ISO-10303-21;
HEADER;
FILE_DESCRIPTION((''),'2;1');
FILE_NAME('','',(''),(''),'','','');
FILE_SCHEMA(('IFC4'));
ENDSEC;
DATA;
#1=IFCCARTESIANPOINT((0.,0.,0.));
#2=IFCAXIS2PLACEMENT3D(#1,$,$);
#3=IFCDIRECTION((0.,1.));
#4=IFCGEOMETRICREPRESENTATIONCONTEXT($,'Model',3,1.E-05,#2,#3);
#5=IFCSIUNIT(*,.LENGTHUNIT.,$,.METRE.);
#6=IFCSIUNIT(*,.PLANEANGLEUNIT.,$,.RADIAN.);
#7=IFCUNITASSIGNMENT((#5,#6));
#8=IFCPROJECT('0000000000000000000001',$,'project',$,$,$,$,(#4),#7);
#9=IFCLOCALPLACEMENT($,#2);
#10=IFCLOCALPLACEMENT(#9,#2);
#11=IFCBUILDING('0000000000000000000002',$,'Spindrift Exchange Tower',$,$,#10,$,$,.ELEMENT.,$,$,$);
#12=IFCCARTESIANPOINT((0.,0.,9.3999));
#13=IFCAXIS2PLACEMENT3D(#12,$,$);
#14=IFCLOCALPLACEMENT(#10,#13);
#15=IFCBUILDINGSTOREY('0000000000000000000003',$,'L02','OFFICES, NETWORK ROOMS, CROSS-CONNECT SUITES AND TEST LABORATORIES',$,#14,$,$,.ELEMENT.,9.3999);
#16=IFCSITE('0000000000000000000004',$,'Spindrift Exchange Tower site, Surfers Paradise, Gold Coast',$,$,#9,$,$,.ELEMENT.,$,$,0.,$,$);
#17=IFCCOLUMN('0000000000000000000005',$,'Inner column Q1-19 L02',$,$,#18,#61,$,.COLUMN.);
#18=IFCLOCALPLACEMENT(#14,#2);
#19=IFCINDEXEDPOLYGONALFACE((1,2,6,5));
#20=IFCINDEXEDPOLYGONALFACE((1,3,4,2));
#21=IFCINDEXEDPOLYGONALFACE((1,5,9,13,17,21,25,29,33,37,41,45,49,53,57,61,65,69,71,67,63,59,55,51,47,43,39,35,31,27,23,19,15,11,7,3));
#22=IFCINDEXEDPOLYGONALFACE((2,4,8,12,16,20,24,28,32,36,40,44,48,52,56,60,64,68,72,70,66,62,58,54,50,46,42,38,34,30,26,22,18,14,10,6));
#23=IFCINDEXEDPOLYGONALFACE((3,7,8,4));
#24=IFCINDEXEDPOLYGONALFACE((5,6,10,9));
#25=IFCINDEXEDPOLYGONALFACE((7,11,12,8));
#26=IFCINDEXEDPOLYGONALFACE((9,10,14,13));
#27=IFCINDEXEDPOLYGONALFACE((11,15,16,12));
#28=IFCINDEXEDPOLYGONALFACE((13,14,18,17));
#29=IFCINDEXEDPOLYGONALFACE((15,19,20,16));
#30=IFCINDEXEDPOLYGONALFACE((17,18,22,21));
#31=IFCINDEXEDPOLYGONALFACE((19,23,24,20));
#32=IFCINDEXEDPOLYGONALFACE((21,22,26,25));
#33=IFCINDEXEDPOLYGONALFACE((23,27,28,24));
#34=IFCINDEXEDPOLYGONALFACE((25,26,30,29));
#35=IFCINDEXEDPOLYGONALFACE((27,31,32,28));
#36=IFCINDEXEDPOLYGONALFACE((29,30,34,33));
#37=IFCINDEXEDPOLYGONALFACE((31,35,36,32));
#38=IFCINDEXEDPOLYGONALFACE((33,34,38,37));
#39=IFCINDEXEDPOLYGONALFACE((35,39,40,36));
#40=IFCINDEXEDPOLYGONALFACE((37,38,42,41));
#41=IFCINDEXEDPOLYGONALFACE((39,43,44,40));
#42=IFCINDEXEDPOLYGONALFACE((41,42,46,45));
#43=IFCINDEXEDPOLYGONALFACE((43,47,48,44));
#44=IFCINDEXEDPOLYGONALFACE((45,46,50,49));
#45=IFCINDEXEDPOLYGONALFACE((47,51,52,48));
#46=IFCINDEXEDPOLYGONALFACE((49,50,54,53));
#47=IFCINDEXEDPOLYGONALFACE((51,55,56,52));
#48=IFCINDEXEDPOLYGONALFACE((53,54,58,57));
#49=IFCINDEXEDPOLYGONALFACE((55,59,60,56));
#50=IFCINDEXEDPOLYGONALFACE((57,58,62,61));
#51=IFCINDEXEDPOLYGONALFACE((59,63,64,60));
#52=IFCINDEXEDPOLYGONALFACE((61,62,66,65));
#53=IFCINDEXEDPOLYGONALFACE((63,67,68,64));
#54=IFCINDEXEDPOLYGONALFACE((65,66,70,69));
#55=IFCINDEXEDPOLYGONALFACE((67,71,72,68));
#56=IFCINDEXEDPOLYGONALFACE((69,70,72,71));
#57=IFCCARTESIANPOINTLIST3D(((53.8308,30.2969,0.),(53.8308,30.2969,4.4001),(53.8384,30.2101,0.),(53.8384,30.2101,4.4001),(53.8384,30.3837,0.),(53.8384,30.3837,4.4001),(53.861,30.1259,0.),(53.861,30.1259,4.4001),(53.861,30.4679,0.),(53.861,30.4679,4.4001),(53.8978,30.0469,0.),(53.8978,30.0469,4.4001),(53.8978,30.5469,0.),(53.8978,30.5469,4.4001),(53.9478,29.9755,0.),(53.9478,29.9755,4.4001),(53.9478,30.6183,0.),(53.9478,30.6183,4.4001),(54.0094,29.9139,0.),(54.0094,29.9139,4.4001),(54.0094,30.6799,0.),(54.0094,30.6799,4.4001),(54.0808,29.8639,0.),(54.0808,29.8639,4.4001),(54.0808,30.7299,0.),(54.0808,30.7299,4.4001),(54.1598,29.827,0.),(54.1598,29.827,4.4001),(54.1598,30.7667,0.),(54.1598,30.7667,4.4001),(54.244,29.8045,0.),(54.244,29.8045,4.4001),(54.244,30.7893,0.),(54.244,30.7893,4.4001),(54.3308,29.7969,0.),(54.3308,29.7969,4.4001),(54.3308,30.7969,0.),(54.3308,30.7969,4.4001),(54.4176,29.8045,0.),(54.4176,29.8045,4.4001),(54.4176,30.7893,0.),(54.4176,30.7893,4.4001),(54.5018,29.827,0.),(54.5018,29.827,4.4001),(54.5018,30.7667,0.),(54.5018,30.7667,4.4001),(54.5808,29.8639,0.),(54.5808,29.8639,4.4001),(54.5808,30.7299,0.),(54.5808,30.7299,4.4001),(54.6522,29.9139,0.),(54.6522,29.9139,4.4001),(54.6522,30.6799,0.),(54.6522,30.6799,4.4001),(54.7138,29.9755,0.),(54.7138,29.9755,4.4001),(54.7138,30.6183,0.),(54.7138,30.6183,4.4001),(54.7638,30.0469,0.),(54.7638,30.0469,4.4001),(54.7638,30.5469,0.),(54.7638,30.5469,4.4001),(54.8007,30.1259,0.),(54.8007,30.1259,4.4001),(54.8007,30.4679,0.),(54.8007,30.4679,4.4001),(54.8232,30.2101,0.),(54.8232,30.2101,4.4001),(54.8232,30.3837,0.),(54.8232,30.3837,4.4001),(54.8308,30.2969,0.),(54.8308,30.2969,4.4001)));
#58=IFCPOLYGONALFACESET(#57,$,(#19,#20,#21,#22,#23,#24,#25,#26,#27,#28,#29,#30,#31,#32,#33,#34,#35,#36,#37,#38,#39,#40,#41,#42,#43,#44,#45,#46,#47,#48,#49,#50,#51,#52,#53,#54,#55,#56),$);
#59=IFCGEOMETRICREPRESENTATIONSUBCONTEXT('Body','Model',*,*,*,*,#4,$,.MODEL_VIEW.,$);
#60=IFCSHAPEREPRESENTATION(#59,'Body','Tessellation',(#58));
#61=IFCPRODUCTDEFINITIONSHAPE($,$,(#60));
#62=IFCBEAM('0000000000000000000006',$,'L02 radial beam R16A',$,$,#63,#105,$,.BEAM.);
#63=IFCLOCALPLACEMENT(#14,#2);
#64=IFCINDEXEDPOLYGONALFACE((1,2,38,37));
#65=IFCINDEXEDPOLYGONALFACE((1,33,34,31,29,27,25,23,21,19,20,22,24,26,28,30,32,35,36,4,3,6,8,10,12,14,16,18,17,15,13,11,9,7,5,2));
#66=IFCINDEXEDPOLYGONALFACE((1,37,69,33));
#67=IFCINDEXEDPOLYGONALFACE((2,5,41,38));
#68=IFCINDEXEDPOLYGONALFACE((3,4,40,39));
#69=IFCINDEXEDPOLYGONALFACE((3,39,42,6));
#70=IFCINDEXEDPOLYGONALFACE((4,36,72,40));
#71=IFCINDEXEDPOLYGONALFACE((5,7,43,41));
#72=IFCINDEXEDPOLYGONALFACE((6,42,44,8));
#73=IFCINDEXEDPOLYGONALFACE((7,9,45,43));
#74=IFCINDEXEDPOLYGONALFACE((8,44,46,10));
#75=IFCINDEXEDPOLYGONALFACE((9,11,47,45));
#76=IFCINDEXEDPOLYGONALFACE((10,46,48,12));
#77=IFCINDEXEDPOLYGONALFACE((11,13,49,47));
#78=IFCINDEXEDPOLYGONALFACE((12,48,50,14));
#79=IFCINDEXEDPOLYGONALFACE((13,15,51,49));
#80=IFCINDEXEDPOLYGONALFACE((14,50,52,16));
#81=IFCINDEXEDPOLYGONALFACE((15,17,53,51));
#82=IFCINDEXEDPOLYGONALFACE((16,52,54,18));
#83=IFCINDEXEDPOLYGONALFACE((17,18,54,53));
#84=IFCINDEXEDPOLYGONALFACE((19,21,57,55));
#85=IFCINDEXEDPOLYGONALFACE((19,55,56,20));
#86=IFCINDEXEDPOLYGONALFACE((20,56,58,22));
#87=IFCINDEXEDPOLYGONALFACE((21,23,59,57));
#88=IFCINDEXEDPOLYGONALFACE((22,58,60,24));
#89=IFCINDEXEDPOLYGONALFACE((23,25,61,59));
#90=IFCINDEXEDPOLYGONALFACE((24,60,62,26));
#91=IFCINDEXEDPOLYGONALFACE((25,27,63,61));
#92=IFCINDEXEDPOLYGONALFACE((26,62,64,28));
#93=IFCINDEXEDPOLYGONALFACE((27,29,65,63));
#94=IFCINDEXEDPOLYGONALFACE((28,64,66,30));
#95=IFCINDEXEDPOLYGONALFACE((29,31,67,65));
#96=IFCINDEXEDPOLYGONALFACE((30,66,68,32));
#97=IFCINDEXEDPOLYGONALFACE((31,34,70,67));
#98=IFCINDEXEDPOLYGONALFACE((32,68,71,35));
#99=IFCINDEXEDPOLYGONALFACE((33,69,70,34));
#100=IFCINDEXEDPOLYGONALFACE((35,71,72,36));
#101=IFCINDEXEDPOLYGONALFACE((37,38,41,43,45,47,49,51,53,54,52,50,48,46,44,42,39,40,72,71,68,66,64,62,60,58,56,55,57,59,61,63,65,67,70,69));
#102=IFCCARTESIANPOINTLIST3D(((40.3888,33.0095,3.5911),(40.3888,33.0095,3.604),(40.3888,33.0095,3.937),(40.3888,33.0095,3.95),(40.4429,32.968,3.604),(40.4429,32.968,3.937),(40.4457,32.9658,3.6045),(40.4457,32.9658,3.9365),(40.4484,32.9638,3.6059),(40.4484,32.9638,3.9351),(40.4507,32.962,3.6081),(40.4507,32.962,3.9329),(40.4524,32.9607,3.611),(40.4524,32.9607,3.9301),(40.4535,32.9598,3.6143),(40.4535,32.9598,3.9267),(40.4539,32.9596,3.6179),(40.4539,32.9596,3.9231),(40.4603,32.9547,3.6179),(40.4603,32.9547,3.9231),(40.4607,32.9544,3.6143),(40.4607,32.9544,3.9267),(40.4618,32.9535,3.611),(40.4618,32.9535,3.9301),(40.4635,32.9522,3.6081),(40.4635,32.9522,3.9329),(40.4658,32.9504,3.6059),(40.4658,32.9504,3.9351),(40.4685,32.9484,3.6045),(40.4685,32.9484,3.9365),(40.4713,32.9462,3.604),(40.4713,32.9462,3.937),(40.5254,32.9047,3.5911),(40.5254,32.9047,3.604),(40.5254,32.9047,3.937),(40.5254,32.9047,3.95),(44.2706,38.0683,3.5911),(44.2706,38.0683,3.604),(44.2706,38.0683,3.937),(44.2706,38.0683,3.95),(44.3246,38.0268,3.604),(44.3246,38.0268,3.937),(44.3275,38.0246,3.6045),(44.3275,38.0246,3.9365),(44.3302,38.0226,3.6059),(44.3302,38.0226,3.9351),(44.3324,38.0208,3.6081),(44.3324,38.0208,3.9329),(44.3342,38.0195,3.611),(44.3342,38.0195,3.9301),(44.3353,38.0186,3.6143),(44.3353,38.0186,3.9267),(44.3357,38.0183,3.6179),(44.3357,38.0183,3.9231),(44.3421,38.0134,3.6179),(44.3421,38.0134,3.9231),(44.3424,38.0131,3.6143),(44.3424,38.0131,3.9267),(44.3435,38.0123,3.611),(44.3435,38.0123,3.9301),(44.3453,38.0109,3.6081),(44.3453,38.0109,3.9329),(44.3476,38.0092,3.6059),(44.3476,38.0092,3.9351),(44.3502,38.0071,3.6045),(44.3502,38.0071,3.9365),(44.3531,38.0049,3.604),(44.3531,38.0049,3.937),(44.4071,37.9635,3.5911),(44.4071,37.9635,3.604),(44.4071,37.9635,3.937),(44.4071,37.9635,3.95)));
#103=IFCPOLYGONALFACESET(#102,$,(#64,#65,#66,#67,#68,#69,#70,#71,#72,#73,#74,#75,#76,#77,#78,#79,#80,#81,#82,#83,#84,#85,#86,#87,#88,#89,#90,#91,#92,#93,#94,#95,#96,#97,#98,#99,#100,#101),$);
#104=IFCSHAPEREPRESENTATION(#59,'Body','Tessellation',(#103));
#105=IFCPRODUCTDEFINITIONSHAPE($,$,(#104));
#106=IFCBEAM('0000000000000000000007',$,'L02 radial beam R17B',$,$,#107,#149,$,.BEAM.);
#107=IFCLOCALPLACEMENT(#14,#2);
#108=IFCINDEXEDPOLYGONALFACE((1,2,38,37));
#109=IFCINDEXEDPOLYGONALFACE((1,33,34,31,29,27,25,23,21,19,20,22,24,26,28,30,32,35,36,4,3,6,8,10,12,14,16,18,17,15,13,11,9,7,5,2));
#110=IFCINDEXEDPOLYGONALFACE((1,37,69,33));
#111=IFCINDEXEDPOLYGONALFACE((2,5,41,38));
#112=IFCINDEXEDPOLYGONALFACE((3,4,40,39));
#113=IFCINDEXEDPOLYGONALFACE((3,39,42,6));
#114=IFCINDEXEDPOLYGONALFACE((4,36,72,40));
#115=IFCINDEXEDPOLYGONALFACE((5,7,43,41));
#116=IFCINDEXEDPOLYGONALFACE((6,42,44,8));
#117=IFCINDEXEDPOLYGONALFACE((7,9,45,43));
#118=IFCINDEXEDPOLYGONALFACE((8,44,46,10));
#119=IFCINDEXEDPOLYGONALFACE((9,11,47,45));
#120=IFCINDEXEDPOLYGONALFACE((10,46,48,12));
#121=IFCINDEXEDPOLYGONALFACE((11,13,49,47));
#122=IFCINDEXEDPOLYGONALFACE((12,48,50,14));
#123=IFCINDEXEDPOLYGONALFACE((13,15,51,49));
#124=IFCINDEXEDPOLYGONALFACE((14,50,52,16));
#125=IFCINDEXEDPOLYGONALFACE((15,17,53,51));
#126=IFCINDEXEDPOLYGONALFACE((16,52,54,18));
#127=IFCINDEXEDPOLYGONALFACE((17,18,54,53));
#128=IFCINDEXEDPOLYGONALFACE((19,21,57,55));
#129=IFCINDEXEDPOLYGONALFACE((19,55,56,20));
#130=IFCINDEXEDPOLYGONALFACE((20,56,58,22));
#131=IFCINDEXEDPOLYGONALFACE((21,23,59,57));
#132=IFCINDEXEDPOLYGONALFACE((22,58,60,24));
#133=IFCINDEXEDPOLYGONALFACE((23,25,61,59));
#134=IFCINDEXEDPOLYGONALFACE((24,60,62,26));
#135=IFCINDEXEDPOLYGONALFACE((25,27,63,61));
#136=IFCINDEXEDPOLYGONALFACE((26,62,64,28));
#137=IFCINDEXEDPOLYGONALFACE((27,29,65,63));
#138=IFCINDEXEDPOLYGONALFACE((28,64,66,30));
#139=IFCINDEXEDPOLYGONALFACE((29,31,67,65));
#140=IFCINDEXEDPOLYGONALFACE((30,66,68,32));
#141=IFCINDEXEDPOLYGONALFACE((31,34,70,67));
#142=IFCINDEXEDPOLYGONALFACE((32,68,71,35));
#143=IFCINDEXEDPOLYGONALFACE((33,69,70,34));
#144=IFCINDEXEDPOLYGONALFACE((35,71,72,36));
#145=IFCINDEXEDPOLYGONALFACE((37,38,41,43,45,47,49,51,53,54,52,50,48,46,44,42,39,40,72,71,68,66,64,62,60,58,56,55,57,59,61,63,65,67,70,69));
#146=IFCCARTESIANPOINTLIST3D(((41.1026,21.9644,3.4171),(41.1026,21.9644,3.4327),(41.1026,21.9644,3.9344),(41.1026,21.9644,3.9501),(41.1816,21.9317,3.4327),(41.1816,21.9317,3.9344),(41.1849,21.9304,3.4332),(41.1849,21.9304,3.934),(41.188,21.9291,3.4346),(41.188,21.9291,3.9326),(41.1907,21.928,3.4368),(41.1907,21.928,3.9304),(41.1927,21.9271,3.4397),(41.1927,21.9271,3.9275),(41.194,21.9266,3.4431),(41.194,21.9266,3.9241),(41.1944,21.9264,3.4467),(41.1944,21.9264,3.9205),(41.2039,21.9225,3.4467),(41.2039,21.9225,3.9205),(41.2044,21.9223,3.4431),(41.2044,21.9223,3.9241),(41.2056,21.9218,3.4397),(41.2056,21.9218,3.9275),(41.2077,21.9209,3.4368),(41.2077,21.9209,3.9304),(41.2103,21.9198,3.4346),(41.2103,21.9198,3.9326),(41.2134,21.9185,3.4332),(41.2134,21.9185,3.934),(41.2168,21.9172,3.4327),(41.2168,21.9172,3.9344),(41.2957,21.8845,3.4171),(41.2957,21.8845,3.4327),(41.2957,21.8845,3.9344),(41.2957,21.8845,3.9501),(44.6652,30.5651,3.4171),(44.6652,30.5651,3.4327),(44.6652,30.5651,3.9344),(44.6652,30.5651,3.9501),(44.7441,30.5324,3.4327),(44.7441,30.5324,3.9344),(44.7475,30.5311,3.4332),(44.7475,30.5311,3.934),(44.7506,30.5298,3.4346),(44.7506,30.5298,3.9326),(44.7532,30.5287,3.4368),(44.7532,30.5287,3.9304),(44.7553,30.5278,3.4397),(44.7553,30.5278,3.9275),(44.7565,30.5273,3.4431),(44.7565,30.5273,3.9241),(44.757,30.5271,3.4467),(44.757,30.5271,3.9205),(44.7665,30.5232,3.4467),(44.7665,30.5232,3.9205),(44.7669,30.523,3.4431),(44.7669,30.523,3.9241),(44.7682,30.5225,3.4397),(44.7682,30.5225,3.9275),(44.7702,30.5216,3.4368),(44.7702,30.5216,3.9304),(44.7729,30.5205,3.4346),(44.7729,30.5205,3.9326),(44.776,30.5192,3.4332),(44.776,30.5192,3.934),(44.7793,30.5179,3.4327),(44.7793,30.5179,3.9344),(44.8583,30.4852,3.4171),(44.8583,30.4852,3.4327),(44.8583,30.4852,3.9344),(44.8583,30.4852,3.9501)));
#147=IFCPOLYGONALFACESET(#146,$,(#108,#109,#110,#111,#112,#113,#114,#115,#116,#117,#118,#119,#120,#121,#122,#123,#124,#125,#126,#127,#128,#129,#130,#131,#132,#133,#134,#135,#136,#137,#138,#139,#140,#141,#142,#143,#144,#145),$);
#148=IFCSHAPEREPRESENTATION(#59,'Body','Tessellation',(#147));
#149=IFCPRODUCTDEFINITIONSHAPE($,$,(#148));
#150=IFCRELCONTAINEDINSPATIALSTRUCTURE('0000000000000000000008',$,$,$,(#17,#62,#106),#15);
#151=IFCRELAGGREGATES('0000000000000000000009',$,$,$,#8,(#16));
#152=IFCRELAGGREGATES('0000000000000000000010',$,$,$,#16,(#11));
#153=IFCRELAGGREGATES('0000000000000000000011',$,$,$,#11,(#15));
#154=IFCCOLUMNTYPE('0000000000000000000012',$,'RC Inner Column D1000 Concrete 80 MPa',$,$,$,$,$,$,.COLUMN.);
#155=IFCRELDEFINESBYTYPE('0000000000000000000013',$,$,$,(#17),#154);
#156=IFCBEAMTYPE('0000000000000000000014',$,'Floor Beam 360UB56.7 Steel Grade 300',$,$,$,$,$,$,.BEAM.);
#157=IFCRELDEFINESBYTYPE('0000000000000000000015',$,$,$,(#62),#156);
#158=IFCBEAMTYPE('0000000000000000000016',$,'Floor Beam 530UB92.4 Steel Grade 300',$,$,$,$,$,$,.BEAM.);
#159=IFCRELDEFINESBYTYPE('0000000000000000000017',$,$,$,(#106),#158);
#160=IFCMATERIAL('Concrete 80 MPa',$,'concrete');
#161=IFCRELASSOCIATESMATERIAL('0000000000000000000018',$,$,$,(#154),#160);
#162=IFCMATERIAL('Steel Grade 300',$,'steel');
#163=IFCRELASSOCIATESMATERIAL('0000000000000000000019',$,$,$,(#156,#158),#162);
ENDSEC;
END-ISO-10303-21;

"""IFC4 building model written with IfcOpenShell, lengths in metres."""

from ifc_helpers import new_model, si_unit, direction, frame, origin, origin_2d, place, context, subcontext, project, spatial, circle, i_section, extrude, source, transform, mapped, material, material_profile, profile_set, type_object, element, save


model = new_model("IFC4")

# Units and contexts
model_context = context("Model", 3, precision=1e-05, world=origin(), true_north=direction((0.0, 1.0)))
body_context = subcontext(model_context, "Body", "Model", "MODEL_VIEW")
ifc_project = project(units=[si_unit("LENGTHUNIT", "METRE"), si_unit("PLANEANGLEUNIT", "RADIAN")], contexts=[model_context])

# Site, building, storey
site_placement = place(None, origin())
site = spatial("IfcSite", under=ifc_project, at=site_placement, Name="Spindrift Exchange Tower site, Surfers Paradise, Gold Coast", CompositionType="ELEMENT", RefElevation=0.0)
building_placement = place(site_placement, origin())
building = spatial("IfcBuilding", under=site, at=building_placement, Name="Spindrift Exchange Tower", CompositionType="ELEMENT")
storey_placement = place(building_placement, frame((0.0, 0.0, 9.3999)))
storey = spatial("IfcBuildingStorey", under=building, at=storey_placement, Name="L02", Description="OFFICES, NETWORK ROOMS, CROSS-CONNECT SUITES AND TEST LABORATORIES", CompositionType="ELEMENT", Elevation=9.3999)

# Column
ifc_material_1 = material(Name="Concrete 80 MPa", Category="concrete")
ifc_material_profile_1 = material_profile(ifc_material_1, circle(Radius=0.5, at=origin_2d()), Name="RC D1000")
ifc_profile_set_1 = profile_set([ifc_material_profile_1], Name="Concrete 80 MPa")
column_type_1 = type_object("IfcColumnType", Name="RC Inner Column D1000 Concrete 80 MPa", PredefinedType="COLUMN", material=ifc_profile_set_1)
shared_shape_1 = source(origin(), body_context, "Body", "SweptSolid", [
    extrude(circle(Radius=0.5, at=origin_2d()), origin(), (0.0, 0.0, 1.0), 4.4001),
])
for number, where, z_axis, x_axis, name in (
    (1, (54.3308, 30.2969, 0.0), (0.0, 0.0, 1.0), (1.0, 0.0, 0.0), "Inner column Q1-19 L02"),
):
    element("IfcColumn", number, at=place(storey_placement, frame(where, z_axis=z_axis, x_axis=x_axis)), inside=storey, type_object=column_type_1, Name=name, PredefinedType="COLUMN", context=body_context, shape_type="MappedRepresentation", body=[
        mapped(shared_shape_1, transform((0.0, 0.0, 0.0), scale=1.0)),
    ])

# Beams
ifc_material_2 = material(Name="Steel Grade 300", Category="steel")
ifc_material_profile_2 = material_profile(ifc_material_2, i_section(OverallWidth=0.1721, OverallDepth=0.3589, WebThickness=0.0081, FlangeThickness=0.0129, FilletRadius=0.0139, at=origin_2d()), Name="360UB56.7")
ifc_profile_set_2 = profile_set([ifc_material_profile_2], Name="Steel Grade 300")
beam_type_1 = type_object("IfcBeamType", Name="Floor Beam 360UB56.7 Steel Grade 300", PredefinedType="BEAM", material=ifc_profile_set_2)
shared_shape_2 = source(origin(), body_context, "Body", "SweptSolid", [
    extrude(i_section(OverallWidth=0.1721, OverallDepth=0.3589, WebThickness=0.0081, FlangeThickness=0.0129, FilletRadius=0.0139, at=origin_2d()), origin(), (0.0, 0.0, 1.0), 6.3765),
])
beam_1_placement = place(storey_placement, frame((44.3389, 38.0159, 3.7705), z_axis=(-0.608767, -0.793349, 0.0), x_axis=(0.793349, -0.608767, 0.0)))
element("IfcBeam", 2, at=beam_1_placement, inside=storey, type_object=beam_type_1, Name="L02 radial beam R16A", PredefinedType="BEAM", context=body_context, shape_type="MappedRepresentation", body=[
    mapped(shared_shape_2, transform((0.0, 0.0, 0.0), scale=1.0)),
])
ifc_material_profile_3 = material_profile(ifc_material_2, i_section(OverallWidth=0.209, OverallDepth=0.533, WebThickness=0.0103, FlangeThickness=0.0156, FilletRadius=0.0139, at=origin_2d()), Name="530UB92.4")
ifc_profile_set_3 = profile_set([ifc_material_profile_3], Name="Steel Grade 300")
beam_type_2 = type_object("IfcBeamType", Name="Floor Beam 530UB92.4 Steel Grade 300", PredefinedType="BEAM", material=ifc_profile_set_3)
shared_shape_3 = source(origin(), body_context, "Body", "SweptSolid", [
    extrude(i_section(OverallWidth=0.209, OverallDepth=0.533, WebThickness=0.0103, FlangeThickness=0.0156, FilletRadius=0.0139, at=origin_2d()), origin(), (0.0, 0.0, 1.0), 9.3093),
])
beam_2_placement = place(storey_placement, frame((44.7617, 30.5251, 3.6836), z_axis=(-0.382685, -0.923879, 0.0), x_axis=(0.923879, -0.382685, 0.0)))
element("IfcBeam", 3, at=beam_2_placement, inside=storey, type_object=beam_type_2, Name="L02 radial beam R17B", PredefinedType="BEAM", context=body_context, shape_type="MappedRepresentation", body=[
    mapped(shared_shape_3, transform((0.0, 0.0, 0.0), scale=1.0)),
])

save(model, "model.ifc")
